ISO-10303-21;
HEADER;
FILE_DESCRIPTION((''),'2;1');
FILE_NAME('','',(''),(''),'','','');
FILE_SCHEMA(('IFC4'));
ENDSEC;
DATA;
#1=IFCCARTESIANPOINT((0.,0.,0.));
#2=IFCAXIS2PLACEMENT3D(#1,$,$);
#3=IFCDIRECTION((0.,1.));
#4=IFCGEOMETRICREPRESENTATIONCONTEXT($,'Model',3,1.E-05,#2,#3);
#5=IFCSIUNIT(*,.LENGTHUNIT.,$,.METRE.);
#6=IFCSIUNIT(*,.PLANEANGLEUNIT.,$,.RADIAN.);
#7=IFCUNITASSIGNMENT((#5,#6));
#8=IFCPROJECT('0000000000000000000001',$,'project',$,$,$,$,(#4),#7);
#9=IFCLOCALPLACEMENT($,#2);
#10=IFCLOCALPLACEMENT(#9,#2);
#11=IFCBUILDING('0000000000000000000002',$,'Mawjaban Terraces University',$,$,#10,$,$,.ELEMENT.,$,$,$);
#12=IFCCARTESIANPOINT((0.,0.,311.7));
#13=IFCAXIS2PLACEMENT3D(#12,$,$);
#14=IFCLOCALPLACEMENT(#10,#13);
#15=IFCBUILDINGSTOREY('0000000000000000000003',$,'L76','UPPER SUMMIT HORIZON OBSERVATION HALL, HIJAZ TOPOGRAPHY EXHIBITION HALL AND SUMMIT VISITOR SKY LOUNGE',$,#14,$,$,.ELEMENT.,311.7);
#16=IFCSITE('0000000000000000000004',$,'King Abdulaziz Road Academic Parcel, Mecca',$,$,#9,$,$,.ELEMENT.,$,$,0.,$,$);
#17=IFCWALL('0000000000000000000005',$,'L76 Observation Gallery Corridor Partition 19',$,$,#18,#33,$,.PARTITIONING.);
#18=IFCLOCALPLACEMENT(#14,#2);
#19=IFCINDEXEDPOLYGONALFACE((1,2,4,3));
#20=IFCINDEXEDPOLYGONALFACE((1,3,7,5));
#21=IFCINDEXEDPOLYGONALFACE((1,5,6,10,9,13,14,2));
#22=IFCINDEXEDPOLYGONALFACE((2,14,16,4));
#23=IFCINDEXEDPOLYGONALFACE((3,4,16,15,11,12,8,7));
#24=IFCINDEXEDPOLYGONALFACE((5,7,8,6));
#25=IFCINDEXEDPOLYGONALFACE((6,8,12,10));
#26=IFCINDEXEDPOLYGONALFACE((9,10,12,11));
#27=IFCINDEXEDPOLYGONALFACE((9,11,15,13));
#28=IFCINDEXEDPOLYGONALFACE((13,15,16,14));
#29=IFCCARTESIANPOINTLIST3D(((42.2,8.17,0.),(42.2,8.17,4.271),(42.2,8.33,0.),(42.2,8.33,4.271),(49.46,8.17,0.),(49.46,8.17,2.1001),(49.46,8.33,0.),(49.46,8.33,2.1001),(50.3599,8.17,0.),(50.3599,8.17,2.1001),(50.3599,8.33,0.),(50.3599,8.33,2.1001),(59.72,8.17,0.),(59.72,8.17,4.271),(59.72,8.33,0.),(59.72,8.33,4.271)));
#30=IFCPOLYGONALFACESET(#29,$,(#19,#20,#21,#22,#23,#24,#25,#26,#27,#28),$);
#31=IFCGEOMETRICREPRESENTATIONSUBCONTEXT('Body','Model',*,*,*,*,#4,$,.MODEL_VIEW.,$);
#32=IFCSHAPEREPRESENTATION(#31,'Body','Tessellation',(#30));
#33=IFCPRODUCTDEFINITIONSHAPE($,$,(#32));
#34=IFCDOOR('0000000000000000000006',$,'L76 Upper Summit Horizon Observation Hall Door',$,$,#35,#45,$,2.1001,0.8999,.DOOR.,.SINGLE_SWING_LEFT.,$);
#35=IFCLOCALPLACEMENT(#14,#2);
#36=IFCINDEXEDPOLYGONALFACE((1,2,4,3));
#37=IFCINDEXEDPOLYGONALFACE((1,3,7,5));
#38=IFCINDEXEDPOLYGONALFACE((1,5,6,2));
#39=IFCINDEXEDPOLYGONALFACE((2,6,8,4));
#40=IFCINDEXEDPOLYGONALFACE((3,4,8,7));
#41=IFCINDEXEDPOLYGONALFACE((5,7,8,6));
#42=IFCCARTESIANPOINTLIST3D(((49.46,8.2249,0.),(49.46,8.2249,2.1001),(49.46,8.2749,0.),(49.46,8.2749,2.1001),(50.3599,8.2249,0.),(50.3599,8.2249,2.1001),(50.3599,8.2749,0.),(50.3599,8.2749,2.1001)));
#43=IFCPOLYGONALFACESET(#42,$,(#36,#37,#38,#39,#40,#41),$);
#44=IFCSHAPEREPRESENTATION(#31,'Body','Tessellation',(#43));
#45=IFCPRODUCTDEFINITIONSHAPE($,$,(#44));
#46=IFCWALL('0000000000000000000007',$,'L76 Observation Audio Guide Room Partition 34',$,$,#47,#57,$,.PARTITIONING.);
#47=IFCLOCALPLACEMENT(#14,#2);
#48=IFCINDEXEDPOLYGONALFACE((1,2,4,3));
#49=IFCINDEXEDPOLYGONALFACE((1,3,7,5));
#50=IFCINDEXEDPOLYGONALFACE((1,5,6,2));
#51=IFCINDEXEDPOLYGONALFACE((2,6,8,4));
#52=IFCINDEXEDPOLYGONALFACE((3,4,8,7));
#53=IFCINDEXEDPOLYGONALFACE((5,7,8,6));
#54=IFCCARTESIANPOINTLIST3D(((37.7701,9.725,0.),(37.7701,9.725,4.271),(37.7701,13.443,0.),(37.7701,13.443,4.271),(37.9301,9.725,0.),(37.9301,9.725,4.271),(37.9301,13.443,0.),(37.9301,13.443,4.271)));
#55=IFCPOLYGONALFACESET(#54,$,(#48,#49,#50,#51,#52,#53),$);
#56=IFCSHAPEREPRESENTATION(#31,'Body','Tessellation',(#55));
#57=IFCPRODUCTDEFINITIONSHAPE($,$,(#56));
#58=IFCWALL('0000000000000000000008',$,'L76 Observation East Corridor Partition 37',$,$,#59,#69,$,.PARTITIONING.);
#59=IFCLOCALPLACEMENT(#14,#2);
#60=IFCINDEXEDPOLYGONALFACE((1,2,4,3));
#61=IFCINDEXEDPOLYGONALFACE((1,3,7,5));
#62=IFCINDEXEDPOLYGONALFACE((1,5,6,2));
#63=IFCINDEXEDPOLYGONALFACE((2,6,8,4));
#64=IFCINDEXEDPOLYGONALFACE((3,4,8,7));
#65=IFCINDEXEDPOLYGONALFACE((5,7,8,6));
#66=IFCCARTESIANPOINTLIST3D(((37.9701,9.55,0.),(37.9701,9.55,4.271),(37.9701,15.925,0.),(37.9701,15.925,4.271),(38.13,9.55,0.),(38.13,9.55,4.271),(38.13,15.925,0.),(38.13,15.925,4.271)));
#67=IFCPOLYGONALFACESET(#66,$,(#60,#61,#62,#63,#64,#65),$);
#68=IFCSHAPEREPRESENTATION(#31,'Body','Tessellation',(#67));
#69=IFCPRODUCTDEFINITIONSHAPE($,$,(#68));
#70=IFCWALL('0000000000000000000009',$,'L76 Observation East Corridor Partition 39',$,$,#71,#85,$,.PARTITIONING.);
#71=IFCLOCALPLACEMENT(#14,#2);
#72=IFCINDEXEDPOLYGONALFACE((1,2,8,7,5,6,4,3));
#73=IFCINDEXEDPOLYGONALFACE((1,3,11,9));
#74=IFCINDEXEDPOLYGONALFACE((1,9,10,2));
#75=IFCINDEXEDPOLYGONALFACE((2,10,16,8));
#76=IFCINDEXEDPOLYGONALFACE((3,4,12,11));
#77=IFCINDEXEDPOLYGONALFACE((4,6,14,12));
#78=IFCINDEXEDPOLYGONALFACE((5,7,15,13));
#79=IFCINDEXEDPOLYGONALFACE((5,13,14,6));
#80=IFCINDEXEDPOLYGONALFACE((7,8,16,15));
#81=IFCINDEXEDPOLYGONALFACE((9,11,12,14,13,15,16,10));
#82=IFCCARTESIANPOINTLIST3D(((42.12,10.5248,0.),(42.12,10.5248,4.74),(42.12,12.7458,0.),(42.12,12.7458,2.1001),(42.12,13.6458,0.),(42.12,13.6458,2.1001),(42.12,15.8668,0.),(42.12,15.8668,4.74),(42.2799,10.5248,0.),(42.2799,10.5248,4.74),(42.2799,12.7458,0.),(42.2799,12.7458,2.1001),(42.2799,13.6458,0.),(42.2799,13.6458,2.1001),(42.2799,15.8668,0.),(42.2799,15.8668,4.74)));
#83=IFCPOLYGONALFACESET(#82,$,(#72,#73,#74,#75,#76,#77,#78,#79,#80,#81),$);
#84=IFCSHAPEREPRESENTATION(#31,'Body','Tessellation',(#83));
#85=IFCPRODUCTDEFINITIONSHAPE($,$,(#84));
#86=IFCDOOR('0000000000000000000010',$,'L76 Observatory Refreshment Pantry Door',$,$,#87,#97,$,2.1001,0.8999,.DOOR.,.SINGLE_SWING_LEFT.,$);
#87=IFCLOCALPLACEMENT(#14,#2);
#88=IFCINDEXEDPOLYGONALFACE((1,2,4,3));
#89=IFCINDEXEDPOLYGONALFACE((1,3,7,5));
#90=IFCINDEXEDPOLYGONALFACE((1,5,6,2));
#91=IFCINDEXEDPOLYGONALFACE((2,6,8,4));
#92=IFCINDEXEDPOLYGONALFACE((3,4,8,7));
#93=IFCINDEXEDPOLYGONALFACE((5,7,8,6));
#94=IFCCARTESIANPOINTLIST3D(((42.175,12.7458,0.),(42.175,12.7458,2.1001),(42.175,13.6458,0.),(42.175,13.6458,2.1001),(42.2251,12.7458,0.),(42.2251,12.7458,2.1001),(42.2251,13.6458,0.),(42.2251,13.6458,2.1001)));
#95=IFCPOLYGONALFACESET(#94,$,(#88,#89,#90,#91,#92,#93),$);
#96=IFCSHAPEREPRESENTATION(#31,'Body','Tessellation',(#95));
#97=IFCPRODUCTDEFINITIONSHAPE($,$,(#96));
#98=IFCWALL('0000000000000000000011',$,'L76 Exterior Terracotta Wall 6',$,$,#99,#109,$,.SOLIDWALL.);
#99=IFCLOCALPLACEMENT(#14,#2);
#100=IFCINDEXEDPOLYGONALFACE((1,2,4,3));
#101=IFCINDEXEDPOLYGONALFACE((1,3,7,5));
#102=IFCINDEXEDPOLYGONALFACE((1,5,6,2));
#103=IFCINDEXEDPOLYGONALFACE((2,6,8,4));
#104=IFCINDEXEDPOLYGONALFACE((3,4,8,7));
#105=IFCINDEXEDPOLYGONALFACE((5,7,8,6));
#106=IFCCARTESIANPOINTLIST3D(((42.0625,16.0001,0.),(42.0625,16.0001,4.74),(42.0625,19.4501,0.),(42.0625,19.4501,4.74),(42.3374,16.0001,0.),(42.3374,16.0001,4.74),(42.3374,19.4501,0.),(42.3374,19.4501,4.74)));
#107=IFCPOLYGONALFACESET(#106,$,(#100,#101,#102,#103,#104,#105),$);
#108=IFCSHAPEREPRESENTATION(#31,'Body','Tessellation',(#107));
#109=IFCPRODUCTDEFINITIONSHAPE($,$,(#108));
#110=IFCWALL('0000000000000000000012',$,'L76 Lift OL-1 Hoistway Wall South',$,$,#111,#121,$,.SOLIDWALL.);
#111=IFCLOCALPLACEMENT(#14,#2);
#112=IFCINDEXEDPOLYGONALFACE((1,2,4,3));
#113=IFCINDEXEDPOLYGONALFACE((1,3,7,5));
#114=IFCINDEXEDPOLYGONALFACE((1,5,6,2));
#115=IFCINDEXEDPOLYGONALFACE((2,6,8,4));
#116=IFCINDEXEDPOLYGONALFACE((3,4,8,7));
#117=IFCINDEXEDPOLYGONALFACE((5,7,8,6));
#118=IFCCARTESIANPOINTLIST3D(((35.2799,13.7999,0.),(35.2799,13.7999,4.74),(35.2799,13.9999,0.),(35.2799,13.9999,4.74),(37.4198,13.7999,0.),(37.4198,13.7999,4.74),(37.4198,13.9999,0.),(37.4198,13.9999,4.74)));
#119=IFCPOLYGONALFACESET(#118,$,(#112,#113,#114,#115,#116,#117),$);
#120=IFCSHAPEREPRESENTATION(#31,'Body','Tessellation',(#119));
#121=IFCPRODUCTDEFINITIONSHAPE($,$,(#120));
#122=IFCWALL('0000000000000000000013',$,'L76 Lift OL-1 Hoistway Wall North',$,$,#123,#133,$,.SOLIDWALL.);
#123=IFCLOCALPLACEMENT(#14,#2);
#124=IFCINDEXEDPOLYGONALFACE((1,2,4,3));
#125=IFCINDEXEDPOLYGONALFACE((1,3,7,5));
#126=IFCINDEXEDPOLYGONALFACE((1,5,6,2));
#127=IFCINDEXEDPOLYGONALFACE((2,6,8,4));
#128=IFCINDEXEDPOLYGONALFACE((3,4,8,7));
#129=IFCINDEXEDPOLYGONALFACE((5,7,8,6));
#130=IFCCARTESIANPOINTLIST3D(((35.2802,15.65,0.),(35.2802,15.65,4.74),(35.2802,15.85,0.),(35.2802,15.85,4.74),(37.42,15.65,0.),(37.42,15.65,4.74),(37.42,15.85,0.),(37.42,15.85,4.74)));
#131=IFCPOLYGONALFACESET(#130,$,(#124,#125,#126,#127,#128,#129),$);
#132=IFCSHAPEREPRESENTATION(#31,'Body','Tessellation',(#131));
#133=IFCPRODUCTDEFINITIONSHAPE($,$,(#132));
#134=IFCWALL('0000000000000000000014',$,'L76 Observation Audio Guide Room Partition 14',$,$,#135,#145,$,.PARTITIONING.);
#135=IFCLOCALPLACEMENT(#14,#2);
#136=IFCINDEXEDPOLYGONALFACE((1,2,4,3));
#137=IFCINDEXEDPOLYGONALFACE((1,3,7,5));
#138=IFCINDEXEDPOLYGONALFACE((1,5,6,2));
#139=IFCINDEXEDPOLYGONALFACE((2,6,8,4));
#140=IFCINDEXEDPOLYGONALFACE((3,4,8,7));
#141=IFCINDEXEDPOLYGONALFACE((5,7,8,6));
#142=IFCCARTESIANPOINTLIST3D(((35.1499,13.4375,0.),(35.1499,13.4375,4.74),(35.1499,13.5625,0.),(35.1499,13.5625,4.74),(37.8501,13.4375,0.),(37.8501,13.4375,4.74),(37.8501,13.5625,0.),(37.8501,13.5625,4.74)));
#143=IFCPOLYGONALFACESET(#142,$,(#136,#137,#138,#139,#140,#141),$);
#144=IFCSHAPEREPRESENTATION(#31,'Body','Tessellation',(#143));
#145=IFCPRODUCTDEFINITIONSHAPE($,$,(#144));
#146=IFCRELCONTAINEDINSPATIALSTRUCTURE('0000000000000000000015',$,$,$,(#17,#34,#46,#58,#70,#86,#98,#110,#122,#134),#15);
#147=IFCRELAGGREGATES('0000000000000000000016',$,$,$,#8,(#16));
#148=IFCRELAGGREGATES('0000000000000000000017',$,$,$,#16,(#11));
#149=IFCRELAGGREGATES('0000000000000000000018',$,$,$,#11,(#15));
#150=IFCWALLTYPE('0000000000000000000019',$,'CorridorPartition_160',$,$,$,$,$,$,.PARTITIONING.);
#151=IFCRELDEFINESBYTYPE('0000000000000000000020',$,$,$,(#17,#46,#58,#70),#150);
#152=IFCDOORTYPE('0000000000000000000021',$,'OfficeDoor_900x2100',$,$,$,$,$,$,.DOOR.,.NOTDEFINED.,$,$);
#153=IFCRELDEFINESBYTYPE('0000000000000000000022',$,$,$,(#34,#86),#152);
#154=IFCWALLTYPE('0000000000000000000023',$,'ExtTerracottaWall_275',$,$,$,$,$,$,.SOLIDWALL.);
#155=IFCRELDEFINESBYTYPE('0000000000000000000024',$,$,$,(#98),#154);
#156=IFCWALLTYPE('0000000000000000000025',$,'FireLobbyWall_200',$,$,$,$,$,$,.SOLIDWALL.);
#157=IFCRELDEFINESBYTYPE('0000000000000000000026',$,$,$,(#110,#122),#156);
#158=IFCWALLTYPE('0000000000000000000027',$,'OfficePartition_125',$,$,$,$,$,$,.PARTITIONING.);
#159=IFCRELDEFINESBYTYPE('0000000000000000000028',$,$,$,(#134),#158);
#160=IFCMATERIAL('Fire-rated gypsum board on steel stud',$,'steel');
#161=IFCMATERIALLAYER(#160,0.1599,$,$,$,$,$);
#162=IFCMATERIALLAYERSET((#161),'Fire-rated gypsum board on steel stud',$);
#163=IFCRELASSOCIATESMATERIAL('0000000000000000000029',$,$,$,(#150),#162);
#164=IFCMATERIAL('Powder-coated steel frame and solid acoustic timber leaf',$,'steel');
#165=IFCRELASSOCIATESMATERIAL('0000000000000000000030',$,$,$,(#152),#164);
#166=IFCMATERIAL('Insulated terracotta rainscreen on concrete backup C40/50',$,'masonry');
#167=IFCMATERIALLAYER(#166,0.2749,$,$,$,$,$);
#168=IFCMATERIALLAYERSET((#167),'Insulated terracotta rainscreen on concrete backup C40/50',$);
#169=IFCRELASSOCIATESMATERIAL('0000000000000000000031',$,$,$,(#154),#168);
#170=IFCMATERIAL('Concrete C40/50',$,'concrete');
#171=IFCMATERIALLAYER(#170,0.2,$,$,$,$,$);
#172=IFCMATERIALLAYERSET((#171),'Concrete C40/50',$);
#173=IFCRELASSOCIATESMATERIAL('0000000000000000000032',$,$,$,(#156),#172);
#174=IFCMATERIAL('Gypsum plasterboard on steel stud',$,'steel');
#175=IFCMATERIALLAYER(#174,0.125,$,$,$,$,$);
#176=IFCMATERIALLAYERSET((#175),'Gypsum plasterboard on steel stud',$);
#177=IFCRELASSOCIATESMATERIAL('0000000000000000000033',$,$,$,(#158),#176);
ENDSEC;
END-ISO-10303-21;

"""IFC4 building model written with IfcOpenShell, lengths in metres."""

from ifc_helpers import new_model, si_unit, direction, frame, frame_2d, origin, place, context, subcontext, project, spatial, rectangle, extrude, material, layer, layer_set, type_object, element, fill, save


model = new_model("IFC4")

# Units and contexts
model_context = context("Model", 3, precision=1e-05, world=origin(), true_north=direction((0.0, 1.0)))
body_context = subcontext(model_context, "Body", "Model", "MODEL_VIEW")
ifc_project = project(units=[si_unit("LENGTHUNIT", "METRE"), si_unit("PLANEANGLEUNIT", "RADIAN")], contexts=[model_context])

# Site, building, storey
site_placement = place(None, origin())
site = spatial("IfcSite", under=ifc_project, at=site_placement, Name="King Abdulaziz Road Academic Parcel, Mecca", CompositionType="ELEMENT", RefElevation=0.0)
building_placement = place(site_placement, origin())
building = spatial("IfcBuilding", under=site, at=building_placement, Name="Mawjaban Terraces University", CompositionType="ELEMENT")
storey_placement = place(building_placement, frame((0.0, 0.0, 311.7)))
storey = spatial("IfcBuildingStorey", under=building, at=storey_placement, Name="L76", Description="UPPER SUMMIT HORIZON OBSERVATION HALL, HIJAZ TOPOGRAPHY EXHIBITION HALL AND SUMMIT VISITOR SKY LOUNGE", CompositionType="ELEMENT", Elevation=311.7)

# Shared definitions
ifc_material_1 = material(Name="Fire-rated gypsum board on steel stud", Category="steel")
ifc_layer_1 = layer(ifc_material_1, 0.1599)
ifc_layer_set_1 = layer_set([ifc_layer_1], Name="Fire-rated gypsum board on steel stud")
wall_type_1 = type_object("IfcWallType", Name="CorridorPartition_160", PredefinedType="PARTITIONING", material=ifc_layer_set_1)

# Wall, opening, door
ifc_material_2 = material(Name="Powder-coated steel frame and solid acoustic timber leaf", Category="steel")
door_type = type_object("IfcDoorType", Name="OfficeDoor_900x2100", OperationType="NOTDEFINED", PredefinedType="DOOR", material=ifc_material_2)
wall_1_placement = place(storey_placement, frame((42.2, 8.25, 0.0), z_axis=(0.0, 0.0, 1.0), x_axis=(1.0, 0.0, 0.0)))
wall_1 = element("IfcWall", 1, at=wall_1_placement, inside=storey, type_object=wall_type_1, Name="L76 Observation Gallery Corridor Partition 19", PredefinedType="PARTITIONING", context=body_context, shape_type="SweptSolid", body=[
    extrude(rectangle(XDim=17.52, YDim=0.1599, at=frame_2d((8.76, 0.0))), origin(), (0.0, 0.0, 1.0), 4.271),
])
opening_1_placement = place(wall_1_placement, frame((7.26, 0.0, 0.0)))
opening_1 = element("IfcOpeningElement", 2, at=opening_1_placement, cuts=wall_1, PredefinedType="OPENING", context=body_context, shape_type="SweptSolid", body=[
    extrude(rectangle(XDim=0.8999, YDim=2.1001, at=frame_2d((0.45, 1.05))), frame((0.0, 0.0898, 0.0), z_axis=(0.0, -1.0, 0.0), x_axis=(1.0, 0.0, 0.0)), (0.0, 0.0, 1.0), 0.1799),
])
door_1_placement = place(opening_1_placement, origin())
door_1 = element("IfcDoor", 3, at=door_1_placement, inside=storey, type_object=door_type, Name="L76 Upper Summit Horizon Observation Hall Door", OperationType="SINGLE_SWING_LEFT", OverallHeight=2.1001, OverallWidth=0.8999, PredefinedType="DOOR", context=body_context, shape_type="SweptSolid", body=[
    extrude(rectangle(XDim=0.8999, YDim=2.1001, at=frame_2d((0.45, 1.05))), frame((0.0, 0.0249, 0.0), z_axis=(0.0, -1.0, 0.0), x_axis=(1.0, 0.0, 0.0)), (0.0, 0.0, 1.0), 0.05),
])
fill(opening_1, door_1)

# Walls
wall_2_placement = place(storey_placement, frame((37.8501, 9.7251, 0.0), z_axis=(0.0, 0.0, 1.0), x_axis=(0.0, 1.0, 0.0)))
element("IfcWall", 4, at=wall_2_placement, inside=storey, type_object=wall_type_1, Name="L76 Observation Audio Guide Room Partition 34", PredefinedType="PARTITIONING", context=body_context, shape_type="SweptSolid", body=[
    extrude(rectangle(XDim=3.718, YDim=0.1599, at=frame_2d((1.8589, 0.0))), origin(), (0.0, 0.0, 1.0), 4.271),
])
wall_3_placement = place(storey_placement, frame((38.05, 15.925, 0.0), z_axis=(0.0, 0.0, 1.0), x_axis=(0.0, -1.0, 0.0)))
element("IfcWall", 5, at=wall_3_placement, inside=storey, type_object=wall_type_1, Name="L76 Observation East Corridor Partition 37", PredefinedType="PARTITIONING", context=body_context, shape_type="SweptSolid", body=[
    extrude(rectangle(XDim=6.375, YDim=0.1599, at=frame_2d((3.1875, 0.0))), origin(), (0.0, 0.0, 1.0), 4.271),
])

# Wall, opening, door
wall_4_placement = place(storey_placement, frame((42.2, 10.5249, 0.0), z_axis=(0.0, 0.0, 1.0), x_axis=(0.0, 1.0, 0.0)))
wall_4 = element("IfcWall", 6, at=wall_4_placement, inside=storey, type_object=wall_type_1, Name="L76 Observation East Corridor Partition 39", PredefinedType="PARTITIONING", context=body_context, shape_type="SweptSolid", body=[
    extrude(rectangle(XDim=5.342, YDim=0.1599, at=frame_2d((2.6709, 0.0))), origin(), (0.0, 0.0, 1.0), 4.74),
])
opening_2_placement = place(wall_4_placement, frame((2.2209, 0.0, 0.0)))
opening_2 = element("IfcOpeningElement", 7, at=opening_2_placement, cuts=wall_4, PredefinedType="OPENING", context=body_context, shape_type="SweptSolid", body=[
    extrude(rectangle(XDim=0.8999, YDim=2.1001, at=frame_2d((0.45, 1.05))), frame((0.0, 0.0898, 0.0), z_axis=(0.0, -1.0, 0.0), x_axis=(1.0, 0.0, 0.0)), (0.0, 0.0, 1.0), 0.1799),
])
door_2_placement = place(opening_2_placement, origin())
door_2 = element("IfcDoor", 8, at=door_2_placement, inside=storey, type_object=door_type, Name="L76 Observatory Refreshment Pantry Door", OperationType="SINGLE_SWING_LEFT", OverallHeight=2.1001, OverallWidth=0.8999, PredefinedType="DOOR", context=body_context, shape_type="SweptSolid", body=[
    extrude(rectangle(XDim=0.8999, YDim=2.1001, at=frame_2d((0.45, 1.05))), frame((0.0, 0.0249, 0.0), z_axis=(0.0, -1.0, 0.0), x_axis=(1.0, 0.0, 0.0)), (0.0, 0.0, 1.0), 0.05),
])
fill(opening_2, door_2)

# Walls
ifc_material_3 = material(Name="Insulated terracotta rainscreen on concrete backup C40/50", Category="masonry")
ifc_layer_2 = layer(ifc_material_3, 0.2749)
ifc_layer_set_2 = layer_set([ifc_layer_2], Name="Insulated terracotta rainscreen on concrete backup C40/50")
wall_type_2 = type_object("IfcWallType", Name="ExtTerracottaWall_275", PredefinedType="SOLIDWALL", material=ifc_layer_set_2)
wall_5_placement = place(storey_placement, frame((42.2, 16.0, 0.0), z_axis=(0.0, 0.0, 1.0), x_axis=(0.0, 1.0, 0.0)))
element("IfcWall", 9, at=wall_5_placement, inside=storey, type_object=wall_type_2, Name="L76 Exterior Terracotta Wall 6", PredefinedType="SOLIDWALL", context=body_context, shape_type="SweptSolid", body=[
    extrude(rectangle(XDim=3.45, YDim=0.2749, at=frame_2d((1.7251, 0.0))), origin(), (0.0, 0.0, 1.0), 4.74),
])
ifc_material_4 = material(Name="Concrete C40/50", Category="concrete")
ifc_layer_3 = layer(ifc_material_4, 0.2)
ifc_layer_set_3 = layer_set([ifc_layer_3], Name="Concrete C40/50")
wall_type_3 = type_object("IfcWallType", Name="FireLobbyWall_200", PredefinedType="SOLIDWALL", material=ifc_layer_set_3)
for number, where, z_axis, x_axis, name in (
    (10, (35.28, 13.8999, 0.0), (0.0, 0.0, 1.0), (1.0, 0.0, 0.0), "L76 Lift OL-1 Hoistway Wall South"),
    (11, (37.4199, 15.75, 0.0), (0.0, 0.0, 1.0), (-1.0, 0.0, 0.0), "L76 Lift OL-1 Hoistway Wall North"),
):
    element("IfcWall", number, at=place(storey_placement, frame(where, z_axis=z_axis, x_axis=x_axis)), inside=storey, type_object=wall_type_3, Name=name, PredefinedType="SOLIDWALL", context=body_context, shape_type="SweptSolid", body=[
        extrude(rectangle(XDim=2.1399, YDim=0.2, at=frame_2d((1.0698, 0.0))), origin(), (0.0, 0.0, 1.0), 4.74),
    ])
ifc_material_5 = material(Name="Gypsum plasterboard on steel stud", Category="steel")
ifc_layer_4 = layer(ifc_material_5, 0.125)
ifc_layer_set_4 = layer_set([ifc_layer_4], Name="Gypsum plasterboard on steel stud")
wall_type_4 = type_object("IfcWallType", Name="OfficePartition_125", PredefinedType="PARTITIONING", material=ifc_layer_set_4)
wall_6_placement = place(storey_placement, frame((37.8501, 13.5, 0.0), z_axis=(0.0, 0.0, 1.0), x_axis=(-1.0, 0.0, 0.0)))
element("IfcWall", 12, at=wall_6_placement, inside=storey, type_object=wall_type_4, Name="L76 Observation Audio Guide Room Partition 14", PredefinedType="PARTITIONING", context=body_context, shape_type="SweptSolid", body=[
    extrude(rectangle(XDim=2.7002, YDim=0.125, at=frame_2d((1.3501, 0.0))), origin(), (0.0, 0.0, 1.0), 4.74),
])

save(model, "model.ifc")
